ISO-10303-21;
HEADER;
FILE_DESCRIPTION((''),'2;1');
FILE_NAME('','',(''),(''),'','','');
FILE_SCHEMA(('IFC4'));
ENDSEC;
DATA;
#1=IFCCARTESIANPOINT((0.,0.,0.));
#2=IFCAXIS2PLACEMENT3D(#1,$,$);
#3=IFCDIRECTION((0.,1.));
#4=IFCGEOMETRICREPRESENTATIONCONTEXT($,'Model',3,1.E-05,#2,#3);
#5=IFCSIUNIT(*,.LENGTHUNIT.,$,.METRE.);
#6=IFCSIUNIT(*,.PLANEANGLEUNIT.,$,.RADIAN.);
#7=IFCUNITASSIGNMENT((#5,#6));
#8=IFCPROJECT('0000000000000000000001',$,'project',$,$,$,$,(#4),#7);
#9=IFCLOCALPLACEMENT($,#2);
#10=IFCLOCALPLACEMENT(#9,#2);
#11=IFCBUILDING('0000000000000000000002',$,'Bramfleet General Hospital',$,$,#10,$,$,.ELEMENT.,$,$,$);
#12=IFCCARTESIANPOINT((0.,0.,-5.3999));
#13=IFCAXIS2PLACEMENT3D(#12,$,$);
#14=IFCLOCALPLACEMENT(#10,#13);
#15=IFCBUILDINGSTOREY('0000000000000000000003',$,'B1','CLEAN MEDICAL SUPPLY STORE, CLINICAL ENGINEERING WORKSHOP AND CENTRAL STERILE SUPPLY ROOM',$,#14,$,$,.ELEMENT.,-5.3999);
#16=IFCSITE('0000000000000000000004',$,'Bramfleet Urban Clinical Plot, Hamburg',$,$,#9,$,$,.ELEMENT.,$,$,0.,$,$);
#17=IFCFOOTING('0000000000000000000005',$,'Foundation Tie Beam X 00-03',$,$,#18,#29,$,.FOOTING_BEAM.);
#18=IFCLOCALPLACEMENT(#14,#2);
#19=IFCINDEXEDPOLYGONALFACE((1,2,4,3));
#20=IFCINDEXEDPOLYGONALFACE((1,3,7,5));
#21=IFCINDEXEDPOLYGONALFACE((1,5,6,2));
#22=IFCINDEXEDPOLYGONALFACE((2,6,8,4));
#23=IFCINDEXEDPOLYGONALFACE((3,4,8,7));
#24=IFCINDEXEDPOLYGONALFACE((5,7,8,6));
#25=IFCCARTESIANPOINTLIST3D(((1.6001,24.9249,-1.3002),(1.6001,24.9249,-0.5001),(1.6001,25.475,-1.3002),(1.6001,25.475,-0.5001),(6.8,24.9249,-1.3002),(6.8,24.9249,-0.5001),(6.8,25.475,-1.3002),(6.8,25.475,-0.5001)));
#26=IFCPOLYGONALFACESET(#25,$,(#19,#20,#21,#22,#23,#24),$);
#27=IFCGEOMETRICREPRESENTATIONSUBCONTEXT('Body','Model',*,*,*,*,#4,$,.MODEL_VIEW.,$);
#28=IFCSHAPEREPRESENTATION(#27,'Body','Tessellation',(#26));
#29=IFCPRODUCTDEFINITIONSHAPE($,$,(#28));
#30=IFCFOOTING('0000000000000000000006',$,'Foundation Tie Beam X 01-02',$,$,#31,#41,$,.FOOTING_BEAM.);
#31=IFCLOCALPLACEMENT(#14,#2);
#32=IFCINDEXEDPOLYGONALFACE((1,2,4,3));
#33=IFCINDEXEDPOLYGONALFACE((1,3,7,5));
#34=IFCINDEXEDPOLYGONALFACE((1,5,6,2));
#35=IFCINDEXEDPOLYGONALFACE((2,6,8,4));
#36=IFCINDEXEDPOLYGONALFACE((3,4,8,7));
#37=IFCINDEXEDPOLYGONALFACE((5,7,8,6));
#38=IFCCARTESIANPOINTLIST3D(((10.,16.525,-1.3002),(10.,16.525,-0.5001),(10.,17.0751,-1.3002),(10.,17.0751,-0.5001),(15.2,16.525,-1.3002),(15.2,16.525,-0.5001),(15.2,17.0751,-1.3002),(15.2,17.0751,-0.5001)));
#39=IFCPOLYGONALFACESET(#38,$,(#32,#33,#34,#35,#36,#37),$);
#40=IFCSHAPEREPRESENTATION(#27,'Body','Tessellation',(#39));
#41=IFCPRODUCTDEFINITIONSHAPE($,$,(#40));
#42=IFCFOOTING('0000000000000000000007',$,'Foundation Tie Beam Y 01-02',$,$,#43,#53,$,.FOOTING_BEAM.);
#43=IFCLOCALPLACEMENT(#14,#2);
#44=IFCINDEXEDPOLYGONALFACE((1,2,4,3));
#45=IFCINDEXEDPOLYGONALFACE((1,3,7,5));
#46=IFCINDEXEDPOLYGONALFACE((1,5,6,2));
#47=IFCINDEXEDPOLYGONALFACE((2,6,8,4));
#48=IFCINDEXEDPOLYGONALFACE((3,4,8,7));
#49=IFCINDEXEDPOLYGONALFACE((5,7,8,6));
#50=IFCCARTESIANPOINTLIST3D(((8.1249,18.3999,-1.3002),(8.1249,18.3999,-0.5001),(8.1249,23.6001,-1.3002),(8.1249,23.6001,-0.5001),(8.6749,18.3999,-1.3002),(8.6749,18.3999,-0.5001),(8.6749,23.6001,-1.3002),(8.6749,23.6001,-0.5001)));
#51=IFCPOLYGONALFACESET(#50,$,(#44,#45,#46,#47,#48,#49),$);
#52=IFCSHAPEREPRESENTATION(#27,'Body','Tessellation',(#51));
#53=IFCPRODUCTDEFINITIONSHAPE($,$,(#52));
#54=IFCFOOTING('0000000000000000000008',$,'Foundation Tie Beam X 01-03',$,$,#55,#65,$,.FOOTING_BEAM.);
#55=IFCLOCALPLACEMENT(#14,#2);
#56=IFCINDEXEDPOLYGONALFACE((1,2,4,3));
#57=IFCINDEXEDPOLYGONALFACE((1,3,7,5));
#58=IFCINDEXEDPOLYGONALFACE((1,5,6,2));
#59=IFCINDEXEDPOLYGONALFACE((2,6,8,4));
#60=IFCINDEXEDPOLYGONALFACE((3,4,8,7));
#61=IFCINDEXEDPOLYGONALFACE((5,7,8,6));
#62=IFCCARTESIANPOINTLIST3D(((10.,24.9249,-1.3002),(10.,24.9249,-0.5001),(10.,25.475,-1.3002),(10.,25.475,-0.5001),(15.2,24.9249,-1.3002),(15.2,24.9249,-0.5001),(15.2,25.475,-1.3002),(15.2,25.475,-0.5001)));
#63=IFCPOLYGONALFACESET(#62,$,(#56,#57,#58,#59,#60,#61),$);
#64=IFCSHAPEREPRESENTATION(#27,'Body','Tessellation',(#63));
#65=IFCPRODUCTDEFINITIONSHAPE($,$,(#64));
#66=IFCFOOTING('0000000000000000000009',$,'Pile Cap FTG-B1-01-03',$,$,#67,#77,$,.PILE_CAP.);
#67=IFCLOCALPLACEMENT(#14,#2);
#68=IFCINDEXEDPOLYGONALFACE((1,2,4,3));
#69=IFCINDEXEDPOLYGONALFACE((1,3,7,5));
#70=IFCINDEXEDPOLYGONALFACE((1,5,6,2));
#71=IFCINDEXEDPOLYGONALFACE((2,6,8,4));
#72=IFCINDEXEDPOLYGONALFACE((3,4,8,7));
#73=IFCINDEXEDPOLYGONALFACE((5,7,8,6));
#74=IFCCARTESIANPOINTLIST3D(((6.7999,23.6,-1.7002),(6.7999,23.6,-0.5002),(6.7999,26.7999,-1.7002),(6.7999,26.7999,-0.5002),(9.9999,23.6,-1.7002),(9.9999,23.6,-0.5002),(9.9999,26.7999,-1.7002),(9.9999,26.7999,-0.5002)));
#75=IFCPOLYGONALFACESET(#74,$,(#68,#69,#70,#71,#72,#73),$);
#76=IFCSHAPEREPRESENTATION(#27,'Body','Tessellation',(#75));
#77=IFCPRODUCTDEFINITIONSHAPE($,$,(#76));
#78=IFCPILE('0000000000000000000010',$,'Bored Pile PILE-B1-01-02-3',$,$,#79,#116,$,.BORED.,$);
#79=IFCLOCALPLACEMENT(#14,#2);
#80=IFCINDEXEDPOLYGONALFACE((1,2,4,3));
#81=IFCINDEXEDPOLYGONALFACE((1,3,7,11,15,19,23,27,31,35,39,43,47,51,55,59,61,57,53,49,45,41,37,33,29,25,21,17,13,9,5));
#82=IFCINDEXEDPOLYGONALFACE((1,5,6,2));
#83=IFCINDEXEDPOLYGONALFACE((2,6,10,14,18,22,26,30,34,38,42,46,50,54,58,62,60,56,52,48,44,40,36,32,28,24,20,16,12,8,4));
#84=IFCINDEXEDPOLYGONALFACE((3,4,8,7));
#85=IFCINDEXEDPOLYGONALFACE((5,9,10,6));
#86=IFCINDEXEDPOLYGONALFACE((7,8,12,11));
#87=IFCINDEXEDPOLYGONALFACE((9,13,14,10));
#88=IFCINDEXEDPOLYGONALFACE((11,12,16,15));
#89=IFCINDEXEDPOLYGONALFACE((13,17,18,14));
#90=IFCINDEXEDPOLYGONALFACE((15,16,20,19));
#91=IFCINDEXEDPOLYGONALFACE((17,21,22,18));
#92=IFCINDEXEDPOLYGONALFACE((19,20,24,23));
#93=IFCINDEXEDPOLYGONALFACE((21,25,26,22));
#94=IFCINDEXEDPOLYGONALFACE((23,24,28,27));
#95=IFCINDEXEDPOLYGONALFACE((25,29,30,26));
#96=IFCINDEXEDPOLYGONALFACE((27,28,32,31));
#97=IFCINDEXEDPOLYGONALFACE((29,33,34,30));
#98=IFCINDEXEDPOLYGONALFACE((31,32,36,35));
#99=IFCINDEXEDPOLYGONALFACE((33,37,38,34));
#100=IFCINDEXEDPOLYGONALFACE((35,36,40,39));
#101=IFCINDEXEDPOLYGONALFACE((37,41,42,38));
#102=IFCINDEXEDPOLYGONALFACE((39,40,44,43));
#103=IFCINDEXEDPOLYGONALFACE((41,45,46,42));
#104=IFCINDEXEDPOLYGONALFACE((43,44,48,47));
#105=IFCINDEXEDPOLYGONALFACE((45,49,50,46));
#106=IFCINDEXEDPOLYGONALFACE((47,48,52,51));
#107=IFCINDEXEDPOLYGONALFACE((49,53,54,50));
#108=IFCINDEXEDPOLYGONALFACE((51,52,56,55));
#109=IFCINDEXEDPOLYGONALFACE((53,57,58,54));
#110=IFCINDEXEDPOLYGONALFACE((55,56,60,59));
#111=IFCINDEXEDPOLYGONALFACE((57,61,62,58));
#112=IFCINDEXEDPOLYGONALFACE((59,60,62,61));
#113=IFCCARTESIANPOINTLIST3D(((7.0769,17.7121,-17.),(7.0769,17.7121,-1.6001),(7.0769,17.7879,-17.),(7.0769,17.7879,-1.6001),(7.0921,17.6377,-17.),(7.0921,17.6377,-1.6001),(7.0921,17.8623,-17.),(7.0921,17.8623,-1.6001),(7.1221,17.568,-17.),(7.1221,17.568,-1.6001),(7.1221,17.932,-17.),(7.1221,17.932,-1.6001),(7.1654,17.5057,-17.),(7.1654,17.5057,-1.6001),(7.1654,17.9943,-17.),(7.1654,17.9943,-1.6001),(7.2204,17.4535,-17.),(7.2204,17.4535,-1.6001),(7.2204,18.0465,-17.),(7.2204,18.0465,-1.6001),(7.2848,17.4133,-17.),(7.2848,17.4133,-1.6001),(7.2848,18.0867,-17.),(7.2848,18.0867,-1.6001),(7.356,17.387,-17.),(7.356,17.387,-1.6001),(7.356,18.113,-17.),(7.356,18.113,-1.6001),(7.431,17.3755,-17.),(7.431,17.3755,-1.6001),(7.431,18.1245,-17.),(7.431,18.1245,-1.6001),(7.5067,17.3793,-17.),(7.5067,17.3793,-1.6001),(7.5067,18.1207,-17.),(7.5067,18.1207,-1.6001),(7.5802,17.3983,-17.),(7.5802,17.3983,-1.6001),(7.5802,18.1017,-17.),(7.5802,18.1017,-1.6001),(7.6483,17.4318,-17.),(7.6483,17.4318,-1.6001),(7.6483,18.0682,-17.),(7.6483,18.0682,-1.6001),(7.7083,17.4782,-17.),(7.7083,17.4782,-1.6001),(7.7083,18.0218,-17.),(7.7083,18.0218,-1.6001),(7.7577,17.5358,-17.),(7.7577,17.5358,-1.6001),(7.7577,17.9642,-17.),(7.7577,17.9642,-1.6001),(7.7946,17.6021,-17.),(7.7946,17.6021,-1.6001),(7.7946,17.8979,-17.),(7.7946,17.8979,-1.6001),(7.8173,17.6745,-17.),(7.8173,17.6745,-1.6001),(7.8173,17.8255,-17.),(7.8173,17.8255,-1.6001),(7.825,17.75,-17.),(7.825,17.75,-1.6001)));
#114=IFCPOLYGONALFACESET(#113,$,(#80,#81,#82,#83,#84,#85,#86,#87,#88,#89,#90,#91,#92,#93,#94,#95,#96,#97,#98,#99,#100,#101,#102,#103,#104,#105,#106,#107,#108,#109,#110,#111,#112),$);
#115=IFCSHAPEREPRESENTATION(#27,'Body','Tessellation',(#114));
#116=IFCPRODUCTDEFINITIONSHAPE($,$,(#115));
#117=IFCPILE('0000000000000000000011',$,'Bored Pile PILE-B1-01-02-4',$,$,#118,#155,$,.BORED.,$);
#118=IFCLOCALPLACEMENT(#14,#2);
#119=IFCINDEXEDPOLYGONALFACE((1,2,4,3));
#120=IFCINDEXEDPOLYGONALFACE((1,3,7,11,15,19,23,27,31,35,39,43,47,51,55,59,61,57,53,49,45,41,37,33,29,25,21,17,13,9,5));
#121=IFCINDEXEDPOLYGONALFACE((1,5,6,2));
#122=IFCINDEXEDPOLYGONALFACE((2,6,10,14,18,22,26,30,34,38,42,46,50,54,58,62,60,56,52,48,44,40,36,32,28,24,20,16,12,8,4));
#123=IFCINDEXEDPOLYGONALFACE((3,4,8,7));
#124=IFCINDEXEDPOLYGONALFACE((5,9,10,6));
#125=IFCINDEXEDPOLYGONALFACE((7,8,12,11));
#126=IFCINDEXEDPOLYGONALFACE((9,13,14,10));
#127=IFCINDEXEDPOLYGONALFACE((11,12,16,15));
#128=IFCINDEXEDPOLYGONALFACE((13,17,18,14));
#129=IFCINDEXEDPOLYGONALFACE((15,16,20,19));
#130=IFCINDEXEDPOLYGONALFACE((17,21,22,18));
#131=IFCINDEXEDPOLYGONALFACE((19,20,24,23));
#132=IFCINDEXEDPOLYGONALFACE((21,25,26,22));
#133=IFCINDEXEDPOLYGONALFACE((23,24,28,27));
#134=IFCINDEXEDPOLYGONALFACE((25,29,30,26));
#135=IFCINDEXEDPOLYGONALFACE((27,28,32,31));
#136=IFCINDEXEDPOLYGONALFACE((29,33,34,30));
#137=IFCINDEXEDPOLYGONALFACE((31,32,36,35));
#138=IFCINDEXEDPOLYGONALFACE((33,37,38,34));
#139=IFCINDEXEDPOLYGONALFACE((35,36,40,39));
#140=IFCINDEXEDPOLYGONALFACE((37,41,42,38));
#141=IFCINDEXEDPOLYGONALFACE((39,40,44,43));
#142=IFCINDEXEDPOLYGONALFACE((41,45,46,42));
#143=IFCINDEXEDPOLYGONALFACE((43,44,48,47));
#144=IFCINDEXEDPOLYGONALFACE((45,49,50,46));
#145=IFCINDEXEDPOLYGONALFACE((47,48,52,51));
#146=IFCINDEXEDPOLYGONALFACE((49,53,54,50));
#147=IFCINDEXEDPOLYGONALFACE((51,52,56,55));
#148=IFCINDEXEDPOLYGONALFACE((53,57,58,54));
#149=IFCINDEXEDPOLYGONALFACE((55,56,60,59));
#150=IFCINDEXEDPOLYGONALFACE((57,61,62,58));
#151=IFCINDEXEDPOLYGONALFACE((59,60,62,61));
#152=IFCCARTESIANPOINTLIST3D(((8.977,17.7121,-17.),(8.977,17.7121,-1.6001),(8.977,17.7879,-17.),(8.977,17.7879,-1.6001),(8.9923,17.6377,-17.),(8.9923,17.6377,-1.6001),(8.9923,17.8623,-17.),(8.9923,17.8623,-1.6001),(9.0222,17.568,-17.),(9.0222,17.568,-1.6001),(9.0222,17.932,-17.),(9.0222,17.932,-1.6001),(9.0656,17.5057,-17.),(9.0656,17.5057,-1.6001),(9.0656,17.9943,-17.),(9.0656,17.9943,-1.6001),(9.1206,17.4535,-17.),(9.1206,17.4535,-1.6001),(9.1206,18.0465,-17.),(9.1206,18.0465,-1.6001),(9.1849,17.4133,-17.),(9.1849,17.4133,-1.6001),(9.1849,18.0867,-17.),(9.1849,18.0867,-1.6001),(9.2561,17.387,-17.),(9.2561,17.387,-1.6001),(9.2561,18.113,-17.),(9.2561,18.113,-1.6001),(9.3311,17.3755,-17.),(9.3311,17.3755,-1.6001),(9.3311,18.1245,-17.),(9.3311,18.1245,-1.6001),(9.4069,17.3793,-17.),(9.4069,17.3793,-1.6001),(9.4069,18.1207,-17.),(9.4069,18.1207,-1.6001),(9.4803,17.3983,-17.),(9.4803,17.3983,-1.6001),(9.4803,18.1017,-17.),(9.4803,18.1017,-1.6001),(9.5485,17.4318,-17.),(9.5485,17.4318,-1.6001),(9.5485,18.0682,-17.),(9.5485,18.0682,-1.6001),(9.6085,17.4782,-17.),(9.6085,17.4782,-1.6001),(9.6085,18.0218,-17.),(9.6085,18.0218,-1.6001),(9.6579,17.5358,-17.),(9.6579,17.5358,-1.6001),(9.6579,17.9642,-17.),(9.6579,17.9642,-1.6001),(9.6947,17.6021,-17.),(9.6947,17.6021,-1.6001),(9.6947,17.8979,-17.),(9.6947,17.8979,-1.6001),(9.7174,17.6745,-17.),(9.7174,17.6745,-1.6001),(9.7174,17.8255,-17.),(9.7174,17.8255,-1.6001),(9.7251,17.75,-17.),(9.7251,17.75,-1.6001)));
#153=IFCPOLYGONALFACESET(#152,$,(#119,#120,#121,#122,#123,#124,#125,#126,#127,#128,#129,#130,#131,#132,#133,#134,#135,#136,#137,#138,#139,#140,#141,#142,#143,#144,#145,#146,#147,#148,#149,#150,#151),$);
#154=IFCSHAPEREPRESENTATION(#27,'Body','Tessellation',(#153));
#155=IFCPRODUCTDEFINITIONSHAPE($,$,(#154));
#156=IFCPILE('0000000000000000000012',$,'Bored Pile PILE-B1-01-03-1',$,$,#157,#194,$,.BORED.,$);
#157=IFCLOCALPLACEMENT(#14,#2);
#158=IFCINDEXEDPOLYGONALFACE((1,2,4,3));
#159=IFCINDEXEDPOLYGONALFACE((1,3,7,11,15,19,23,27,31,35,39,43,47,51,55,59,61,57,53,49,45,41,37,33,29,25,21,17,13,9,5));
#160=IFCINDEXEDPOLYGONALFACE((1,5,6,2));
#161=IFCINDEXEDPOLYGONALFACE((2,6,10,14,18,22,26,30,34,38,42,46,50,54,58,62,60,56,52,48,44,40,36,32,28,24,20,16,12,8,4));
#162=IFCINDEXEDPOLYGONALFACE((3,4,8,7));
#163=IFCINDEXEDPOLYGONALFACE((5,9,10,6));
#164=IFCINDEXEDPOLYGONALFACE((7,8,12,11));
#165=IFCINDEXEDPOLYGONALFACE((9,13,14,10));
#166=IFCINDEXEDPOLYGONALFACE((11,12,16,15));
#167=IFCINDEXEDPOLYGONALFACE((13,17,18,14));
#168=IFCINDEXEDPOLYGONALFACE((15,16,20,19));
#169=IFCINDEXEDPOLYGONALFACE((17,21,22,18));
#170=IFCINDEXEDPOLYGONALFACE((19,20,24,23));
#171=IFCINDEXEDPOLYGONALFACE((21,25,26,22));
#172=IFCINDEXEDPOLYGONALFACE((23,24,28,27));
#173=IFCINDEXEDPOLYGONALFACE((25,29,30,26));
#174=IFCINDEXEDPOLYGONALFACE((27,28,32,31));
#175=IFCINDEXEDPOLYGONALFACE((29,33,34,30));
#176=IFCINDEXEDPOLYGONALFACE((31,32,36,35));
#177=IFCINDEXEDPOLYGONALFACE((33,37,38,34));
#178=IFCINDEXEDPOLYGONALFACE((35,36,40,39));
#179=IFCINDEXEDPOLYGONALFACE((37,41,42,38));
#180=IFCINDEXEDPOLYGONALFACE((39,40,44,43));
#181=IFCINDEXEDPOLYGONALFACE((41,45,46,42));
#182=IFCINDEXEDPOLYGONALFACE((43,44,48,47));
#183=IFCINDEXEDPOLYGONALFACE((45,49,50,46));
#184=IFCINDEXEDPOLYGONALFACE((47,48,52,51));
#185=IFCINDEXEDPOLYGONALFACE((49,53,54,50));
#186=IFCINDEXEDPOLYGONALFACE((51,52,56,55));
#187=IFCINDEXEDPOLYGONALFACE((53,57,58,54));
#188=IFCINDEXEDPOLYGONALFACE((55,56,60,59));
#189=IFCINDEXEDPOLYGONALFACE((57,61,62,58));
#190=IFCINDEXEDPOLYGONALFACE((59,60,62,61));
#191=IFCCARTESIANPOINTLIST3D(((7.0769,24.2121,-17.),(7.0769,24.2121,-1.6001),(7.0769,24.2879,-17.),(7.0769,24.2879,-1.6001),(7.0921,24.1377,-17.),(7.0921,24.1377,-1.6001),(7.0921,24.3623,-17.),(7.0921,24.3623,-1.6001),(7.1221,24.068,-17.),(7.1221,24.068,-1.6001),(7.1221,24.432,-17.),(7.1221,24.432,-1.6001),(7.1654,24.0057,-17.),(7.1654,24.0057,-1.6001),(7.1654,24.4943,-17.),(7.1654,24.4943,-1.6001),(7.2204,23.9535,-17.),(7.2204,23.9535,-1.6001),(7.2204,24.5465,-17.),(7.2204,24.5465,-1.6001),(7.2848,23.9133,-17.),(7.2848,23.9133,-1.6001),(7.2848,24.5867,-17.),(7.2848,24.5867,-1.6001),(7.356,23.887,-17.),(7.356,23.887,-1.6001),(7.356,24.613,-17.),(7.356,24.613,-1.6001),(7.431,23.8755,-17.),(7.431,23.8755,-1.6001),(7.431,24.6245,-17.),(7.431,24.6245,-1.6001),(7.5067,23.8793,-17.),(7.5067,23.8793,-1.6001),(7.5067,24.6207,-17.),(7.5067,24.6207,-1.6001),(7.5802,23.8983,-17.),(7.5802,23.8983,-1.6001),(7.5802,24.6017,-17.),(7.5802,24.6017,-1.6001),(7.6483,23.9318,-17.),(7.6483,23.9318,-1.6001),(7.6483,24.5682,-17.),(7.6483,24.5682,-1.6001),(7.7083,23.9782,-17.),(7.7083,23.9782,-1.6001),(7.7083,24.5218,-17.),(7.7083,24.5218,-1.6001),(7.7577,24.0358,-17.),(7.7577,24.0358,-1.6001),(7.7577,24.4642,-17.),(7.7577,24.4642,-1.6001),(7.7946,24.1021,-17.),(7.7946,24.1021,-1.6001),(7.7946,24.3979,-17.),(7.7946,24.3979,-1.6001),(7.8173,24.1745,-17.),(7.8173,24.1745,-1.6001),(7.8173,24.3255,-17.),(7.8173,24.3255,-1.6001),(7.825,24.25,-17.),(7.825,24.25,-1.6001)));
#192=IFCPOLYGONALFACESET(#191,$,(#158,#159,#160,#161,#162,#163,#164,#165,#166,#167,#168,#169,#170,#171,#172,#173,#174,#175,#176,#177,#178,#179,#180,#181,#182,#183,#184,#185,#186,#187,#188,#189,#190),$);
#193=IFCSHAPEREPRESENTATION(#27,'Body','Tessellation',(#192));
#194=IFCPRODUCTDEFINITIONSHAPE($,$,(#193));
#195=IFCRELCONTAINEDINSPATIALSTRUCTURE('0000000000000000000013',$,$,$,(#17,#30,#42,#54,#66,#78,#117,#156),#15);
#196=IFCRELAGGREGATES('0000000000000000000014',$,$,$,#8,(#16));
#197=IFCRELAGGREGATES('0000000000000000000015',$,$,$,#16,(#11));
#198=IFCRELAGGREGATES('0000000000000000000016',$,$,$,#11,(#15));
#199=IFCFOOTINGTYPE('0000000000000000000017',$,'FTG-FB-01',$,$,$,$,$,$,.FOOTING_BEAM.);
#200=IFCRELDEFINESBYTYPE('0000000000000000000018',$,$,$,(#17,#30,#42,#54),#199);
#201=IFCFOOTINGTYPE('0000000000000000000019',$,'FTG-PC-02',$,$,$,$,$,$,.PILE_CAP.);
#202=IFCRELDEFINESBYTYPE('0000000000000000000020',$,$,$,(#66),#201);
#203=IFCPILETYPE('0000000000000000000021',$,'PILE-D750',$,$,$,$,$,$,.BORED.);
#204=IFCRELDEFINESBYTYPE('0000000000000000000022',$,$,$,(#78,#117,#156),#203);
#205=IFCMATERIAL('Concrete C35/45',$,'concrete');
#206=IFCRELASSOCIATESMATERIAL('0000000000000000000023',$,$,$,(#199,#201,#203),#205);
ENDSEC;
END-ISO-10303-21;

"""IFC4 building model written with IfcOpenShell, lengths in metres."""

from ifc_helpers import new_model, si_unit, direction, frame, origin, origin_2d, place, context, subcontext, project, spatial, rectangle, circle, extrude, material, material_profile, profile_set, type_object, element, save


model = new_model("IFC4")

# Units and contexts
model_context = context("Model", 3, precision=1e-05, world=origin(), true_north=direction((0.0, 1.0)))
body_context = subcontext(model_context, "Body", "Model", "MODEL_VIEW")
ifc_project = project(units=[si_unit("LENGTHUNIT", "METRE"), si_unit("PLANEANGLEUNIT", "RADIAN")], contexts=[model_context])

# Site, building, storey
site_placement = place(None, origin())
site = spatial("IfcSite", under=ifc_project, at=site_placement, Name="Bramfleet Urban Clinical Plot, Hamburg", CompositionType="ELEMENT", RefElevation=0.0)
building_placement = place(site_placement, origin())
building = spatial("IfcBuilding", under=site, at=building_placement, Name="Bramfleet General Hospital", CompositionType="ELEMENT")
storey_placement = place(building_placement, frame((0.0, 0.0, -5.3999)))
storey = spatial("IfcBuildingStorey", under=building, at=storey_placement, Name="B1", Description="CLEAN MEDICAL SUPPLY STORE, CLINICAL ENGINEERING WORKSHOP AND CENTRAL STERILE SUPPLY ROOM", CompositionType="ELEMENT", Elevation=-5.3999)

# Footings
ifc_material_1 = material(Name="Concrete C35/45", Category="concrete")
ifc_material_profile_1 = material_profile(ifc_material_1, rectangle(XDim=0.55, YDim=0.8, at=origin_2d()), Name="RC FB 800x550")
ifc_profile_set_1 = profile_set([ifc_material_profile_1], Name="Concrete C35/45")
footing_type_1 = type_object("IfcFootingType", Name="FTG-FB-01", PredefinedType="FOOTING_BEAM", material=ifc_profile_set_1)
for number, where, z_axis, x_axis, name in (
    (1, (1.6001, 25.2, -0.9001), (1.0, 0.0, 0.0), (0.0, 1.0, 0.0), "Foundation Tie Beam X 00-03"),
    (2, (10.0, 16.8, -0.9001), (1.0, 0.0, 0.0), (0.0, 1.0, 0.0), "Foundation Tie Beam X 01-02"),
):
    element("IfcFooting", number, at=place(storey_placement, frame(where, z_axis=z_axis, x_axis=x_axis)), inside=storey, type_object=footing_type_1, Name=name, PredefinedType="FOOTING_BEAM", context=body_context, shape_type="SweptSolid", body=[
        extrude(rectangle(XDim=0.55, YDim=0.8, at=origin_2d()), origin(), (0.0, 0.0, 1.0), 5.2),
    ])
footing_1_placement = place(storey_placement, frame((8.3999, 18.3999, -0.9001), z_axis=(0.0, 1.0, 0.0), x_axis=(-1.0, 0.0, 0.0)))
element("IfcFooting", 3, at=footing_1_placement, inside=storey, type_object=footing_type_1, Name="Foundation Tie Beam Y 01-02", PredefinedType="FOOTING_BEAM", context=body_context, shape_type="SweptSolid", body=[
    extrude(rectangle(XDim=0.55, YDim=0.8, at=origin_2d()), origin(), (0.0, 0.0, 1.0), 5.2002),
])
footing_2_placement = place(storey_placement, frame((10.0, 25.2, -0.9001), z_axis=(1.0, 0.0, 0.0), x_axis=(0.0, 1.0, 0.0)))
element("IfcFooting", 4, at=footing_2_placement, inside=storey, type_object=footing_type_1, Name="Foundation Tie Beam X 01-03", PredefinedType="FOOTING_BEAM", context=body_context, shape_type="SweptSolid", body=[
    extrude(rectangle(XDim=0.55, YDim=0.8, at=origin_2d()), origin(), (0.0, 0.0, 1.0), 5.2),
])
footing_type_2 = type_object("IfcFootingType", Name="FTG-PC-02", PredefinedType="PILE_CAP", material=ifc_material_1)
footing_3_placement = place(storey_placement, frame((8.3999, 25.2, -1.7002), z_axis=(0.0, 0.0, 1.0), x_axis=(1.0, 0.0, 0.0)))
element("IfcFooting", 5, at=footing_3_placement, inside=storey, type_object=footing_type_2, Name="Pile Cap FTG-B1-01-03", PredefinedType="PILE_CAP", context=body_context, shape_type="SweptSolid", body=[
    extrude(rectangle(XDim=3.2, YDim=3.2, at=origin_2d()), origin(), (0.0, 0.0, 1.0), 1.2),
])

# Piles
ifc_material_profile_2 = material_profile(ifc_material_1, circle(Radius=0.375, at=origin_2d()), Name="PILE BORED D750")
ifc_profile_set_2 = profile_set([ifc_material_profile_2], Name="Concrete C35/45")
pile_type = type_object("IfcPileType", Name="PILE-D750", PredefinedType="BORED", material=ifc_profile_set_2)
for number, where, z_axis, x_axis, name in (
    (6, (7.45, 17.75, -1.6001), (0.0, 0.0, -1.0), (1.0, 0.0, 0.0), "Bored Pile PILE-B1-01-02-3"),
    (7, (9.3501, 17.75, -1.6001), (0.0, 0.0, -1.0), (1.0, 0.0, 0.0), "Bored Pile PILE-B1-01-02-4"),
    (8, (7.45, 24.25, -1.6001), (0.0, 0.0, -1.0), (1.0, 0.0, 0.0), "Bored Pile PILE-B1-01-03-1"),
):
    element("IfcPile", number, at=place(storey_placement, frame(where, z_axis=z_axis, x_axis=x_axis)), inside=storey, type_object=pile_type, Name=name, PredefinedType="BORED", context=body_context, shape_type="SweptSolid", body=[
        extrude(circle(Radius=0.375, at=origin_2d()), origin(), (0.0, 0.0, 1.0), 15.3999),
    ])

save(model, "model.ifc")
